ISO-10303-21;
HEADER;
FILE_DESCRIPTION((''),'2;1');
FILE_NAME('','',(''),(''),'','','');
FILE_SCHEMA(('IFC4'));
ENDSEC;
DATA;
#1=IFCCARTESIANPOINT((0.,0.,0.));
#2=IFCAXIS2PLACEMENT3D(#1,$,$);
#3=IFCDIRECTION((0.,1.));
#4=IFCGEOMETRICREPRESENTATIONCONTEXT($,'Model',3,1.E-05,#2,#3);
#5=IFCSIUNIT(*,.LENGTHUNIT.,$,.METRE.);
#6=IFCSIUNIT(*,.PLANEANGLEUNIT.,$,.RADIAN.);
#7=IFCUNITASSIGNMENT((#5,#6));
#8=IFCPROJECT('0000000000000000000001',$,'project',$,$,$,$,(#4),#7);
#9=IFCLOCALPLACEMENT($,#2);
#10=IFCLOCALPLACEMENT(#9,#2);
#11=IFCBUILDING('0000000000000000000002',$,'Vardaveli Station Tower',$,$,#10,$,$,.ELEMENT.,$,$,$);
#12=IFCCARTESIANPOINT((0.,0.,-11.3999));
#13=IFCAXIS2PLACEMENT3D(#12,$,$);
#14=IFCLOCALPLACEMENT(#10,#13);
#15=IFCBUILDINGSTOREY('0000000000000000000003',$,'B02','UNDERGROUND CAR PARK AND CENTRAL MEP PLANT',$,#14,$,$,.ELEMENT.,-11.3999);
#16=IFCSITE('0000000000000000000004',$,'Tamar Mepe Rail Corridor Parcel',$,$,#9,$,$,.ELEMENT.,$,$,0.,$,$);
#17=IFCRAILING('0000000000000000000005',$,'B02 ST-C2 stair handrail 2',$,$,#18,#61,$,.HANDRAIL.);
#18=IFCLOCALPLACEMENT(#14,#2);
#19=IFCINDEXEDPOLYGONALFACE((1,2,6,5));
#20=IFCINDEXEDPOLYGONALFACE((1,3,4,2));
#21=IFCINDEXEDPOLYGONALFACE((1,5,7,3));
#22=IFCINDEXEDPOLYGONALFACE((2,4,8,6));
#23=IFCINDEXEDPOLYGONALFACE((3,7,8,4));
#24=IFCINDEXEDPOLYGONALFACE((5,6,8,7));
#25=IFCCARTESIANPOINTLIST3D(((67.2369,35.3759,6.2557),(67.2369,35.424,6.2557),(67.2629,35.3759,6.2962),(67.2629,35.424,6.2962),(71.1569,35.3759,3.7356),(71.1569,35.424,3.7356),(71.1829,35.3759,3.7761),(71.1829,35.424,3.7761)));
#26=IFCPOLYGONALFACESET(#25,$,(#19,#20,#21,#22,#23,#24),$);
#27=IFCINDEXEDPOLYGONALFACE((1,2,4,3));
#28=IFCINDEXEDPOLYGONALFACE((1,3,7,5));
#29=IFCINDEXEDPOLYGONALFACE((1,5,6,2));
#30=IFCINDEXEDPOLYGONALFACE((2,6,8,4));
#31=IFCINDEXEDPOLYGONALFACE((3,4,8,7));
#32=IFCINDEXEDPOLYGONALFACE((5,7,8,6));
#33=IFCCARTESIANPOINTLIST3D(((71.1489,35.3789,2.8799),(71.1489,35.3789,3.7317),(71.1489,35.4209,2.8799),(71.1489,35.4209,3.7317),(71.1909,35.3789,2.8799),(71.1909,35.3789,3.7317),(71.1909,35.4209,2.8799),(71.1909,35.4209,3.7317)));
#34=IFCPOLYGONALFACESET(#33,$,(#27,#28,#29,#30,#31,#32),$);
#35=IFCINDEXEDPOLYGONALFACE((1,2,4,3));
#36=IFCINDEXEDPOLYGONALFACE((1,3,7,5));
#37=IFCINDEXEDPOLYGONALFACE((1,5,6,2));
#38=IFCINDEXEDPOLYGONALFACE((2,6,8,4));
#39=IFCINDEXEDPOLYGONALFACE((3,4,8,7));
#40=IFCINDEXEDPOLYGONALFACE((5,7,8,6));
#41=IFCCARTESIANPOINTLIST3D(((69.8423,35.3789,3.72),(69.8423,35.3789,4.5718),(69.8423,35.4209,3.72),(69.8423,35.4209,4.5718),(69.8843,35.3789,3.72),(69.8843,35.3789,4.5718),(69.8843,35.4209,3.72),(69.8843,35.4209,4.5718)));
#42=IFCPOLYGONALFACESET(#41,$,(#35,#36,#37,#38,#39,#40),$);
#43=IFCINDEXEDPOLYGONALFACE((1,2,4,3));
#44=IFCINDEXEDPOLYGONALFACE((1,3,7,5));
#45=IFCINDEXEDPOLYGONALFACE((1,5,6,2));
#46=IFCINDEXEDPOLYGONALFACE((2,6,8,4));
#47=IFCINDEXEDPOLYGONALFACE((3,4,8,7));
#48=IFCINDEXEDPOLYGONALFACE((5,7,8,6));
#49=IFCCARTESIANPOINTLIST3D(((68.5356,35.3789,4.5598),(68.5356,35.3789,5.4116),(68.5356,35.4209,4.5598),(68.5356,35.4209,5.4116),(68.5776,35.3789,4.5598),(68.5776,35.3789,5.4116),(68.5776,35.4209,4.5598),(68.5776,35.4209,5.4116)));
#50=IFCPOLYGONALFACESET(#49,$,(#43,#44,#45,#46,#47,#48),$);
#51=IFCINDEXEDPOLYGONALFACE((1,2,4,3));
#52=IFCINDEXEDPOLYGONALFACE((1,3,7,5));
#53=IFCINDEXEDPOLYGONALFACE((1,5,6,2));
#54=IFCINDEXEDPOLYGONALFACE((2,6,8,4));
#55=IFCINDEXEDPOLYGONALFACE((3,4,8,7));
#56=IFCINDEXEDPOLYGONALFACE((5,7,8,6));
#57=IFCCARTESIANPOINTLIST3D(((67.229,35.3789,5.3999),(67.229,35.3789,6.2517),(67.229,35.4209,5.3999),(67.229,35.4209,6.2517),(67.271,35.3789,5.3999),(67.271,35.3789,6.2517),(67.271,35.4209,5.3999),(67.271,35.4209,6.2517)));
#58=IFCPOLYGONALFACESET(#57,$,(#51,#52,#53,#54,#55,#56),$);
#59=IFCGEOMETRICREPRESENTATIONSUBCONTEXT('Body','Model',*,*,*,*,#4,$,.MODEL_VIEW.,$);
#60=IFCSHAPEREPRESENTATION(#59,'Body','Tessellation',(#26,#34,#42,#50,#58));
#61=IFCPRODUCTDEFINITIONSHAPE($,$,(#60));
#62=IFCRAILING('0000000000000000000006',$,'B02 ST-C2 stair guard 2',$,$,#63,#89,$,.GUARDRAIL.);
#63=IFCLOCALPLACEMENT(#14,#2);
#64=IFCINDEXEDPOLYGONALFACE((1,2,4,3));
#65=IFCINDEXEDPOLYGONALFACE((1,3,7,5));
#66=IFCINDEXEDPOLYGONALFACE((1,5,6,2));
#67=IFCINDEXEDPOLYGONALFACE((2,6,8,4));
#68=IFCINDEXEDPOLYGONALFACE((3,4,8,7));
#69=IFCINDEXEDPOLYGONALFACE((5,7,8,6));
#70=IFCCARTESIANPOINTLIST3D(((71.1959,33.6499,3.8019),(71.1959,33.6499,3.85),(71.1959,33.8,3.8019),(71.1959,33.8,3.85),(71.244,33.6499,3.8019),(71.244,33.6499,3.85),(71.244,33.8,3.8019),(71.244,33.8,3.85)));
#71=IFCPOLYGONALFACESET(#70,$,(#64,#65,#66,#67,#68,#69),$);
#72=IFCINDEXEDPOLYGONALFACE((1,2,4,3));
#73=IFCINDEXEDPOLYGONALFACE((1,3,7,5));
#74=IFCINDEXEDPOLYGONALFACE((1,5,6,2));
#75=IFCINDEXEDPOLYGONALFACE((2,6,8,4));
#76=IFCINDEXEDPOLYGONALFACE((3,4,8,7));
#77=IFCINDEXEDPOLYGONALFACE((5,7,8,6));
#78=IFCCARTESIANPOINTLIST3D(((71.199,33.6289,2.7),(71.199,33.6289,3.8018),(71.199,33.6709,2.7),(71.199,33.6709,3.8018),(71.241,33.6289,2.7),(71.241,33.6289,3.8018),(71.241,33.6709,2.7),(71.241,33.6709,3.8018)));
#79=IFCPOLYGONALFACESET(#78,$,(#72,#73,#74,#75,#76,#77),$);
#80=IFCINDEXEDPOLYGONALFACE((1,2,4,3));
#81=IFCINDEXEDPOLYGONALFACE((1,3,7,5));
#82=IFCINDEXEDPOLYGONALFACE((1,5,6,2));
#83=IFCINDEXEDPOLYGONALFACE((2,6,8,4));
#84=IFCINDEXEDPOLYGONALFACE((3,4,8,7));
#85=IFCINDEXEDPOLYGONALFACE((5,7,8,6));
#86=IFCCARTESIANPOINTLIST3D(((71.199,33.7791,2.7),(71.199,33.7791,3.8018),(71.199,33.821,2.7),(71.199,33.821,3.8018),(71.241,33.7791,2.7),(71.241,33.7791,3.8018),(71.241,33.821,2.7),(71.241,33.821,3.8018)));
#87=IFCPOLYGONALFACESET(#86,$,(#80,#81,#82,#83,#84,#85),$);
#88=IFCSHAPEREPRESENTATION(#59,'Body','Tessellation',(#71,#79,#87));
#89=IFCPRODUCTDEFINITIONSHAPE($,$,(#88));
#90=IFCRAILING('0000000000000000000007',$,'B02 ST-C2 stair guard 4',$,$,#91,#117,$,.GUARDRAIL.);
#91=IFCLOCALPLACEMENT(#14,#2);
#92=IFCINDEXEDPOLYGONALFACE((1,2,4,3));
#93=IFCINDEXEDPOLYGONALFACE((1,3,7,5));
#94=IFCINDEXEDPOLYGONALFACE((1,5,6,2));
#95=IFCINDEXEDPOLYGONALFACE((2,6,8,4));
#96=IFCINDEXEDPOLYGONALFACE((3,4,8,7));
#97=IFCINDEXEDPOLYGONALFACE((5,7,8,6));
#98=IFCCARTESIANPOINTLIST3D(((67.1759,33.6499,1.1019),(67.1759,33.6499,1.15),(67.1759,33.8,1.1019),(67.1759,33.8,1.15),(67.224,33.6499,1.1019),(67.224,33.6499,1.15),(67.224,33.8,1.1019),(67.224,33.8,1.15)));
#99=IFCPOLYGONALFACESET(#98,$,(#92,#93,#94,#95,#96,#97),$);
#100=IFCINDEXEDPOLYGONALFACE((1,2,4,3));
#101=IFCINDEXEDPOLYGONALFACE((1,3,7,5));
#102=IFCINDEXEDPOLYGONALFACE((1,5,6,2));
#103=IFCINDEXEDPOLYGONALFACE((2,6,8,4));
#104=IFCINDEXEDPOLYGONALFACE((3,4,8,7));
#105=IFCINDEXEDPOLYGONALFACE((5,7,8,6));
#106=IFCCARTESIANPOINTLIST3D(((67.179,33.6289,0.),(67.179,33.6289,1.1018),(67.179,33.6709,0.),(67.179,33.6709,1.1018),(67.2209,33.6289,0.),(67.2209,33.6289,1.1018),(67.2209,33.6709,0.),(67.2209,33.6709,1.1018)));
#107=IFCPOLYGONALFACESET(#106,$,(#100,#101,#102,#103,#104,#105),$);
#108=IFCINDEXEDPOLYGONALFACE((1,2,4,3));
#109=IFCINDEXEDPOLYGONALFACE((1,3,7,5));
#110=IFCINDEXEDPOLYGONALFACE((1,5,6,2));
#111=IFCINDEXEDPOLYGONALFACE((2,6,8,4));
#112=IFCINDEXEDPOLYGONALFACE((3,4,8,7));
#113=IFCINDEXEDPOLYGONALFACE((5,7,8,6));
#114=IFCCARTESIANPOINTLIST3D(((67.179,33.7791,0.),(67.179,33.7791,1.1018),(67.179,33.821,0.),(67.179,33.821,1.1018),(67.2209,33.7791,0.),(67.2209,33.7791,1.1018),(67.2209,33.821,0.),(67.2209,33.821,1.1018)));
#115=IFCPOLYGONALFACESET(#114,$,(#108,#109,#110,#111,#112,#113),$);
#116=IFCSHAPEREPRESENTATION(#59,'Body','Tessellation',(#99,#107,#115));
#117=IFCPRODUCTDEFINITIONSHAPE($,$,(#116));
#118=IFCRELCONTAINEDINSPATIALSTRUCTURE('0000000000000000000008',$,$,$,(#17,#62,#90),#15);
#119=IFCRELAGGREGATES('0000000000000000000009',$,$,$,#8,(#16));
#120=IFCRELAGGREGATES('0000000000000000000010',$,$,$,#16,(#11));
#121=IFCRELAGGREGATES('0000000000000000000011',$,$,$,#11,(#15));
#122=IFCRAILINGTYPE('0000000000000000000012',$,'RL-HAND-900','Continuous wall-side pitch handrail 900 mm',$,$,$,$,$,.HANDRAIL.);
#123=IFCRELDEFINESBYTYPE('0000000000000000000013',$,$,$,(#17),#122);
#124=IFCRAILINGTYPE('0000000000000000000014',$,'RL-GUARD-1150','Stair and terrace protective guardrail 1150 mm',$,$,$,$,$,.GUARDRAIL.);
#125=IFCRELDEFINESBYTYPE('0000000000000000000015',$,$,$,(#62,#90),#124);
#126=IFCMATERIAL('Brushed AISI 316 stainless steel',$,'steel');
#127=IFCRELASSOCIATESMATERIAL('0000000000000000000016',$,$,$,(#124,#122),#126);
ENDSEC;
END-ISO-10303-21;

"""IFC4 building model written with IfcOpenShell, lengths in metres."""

from ifc_helpers import new_model, si_unit, direction, frame, origin, origin_2d, place, context, subcontext, project, spatial, rectangle, extrude, source, transform, mapped, material, type_object, element, save


model = new_model("IFC4")

# Units and contexts
model_context = context("Model", 3, precision=1e-05, world=origin(), true_north=direction((0.0, 1.0)))
body_context = subcontext(model_context, "Body", "Model", "MODEL_VIEW")
ifc_project = project(units=[si_unit("LENGTHUNIT", "METRE"), si_unit("PLANEANGLEUNIT", "RADIAN")], contexts=[model_context])

# Site, building, storey
site_placement = place(None, origin())
site = spatial("IfcSite", under=ifc_project, at=site_placement, Name="Tamar Mepe Rail Corridor Parcel", CompositionType="ELEMENT", RefElevation=0.0)
building_placement = place(site_placement, origin())
building = spatial("IfcBuilding", under=site, at=building_placement, Name="Vardaveli Station Tower", CompositionType="ELEMENT")
storey_placement = place(building_placement, frame((0.0, 0.0, -11.3999)))
storey = spatial("IfcBuildingStorey", under=building, at=storey_placement, Name="B02", Description="UNDERGROUND CAR PARK AND CENTRAL MEP PLANT", CompositionType="ELEMENT", Elevation=-11.3999)

# Railings
ifc_material_1 = material(Name="Brushed AISI 316 stainless steel", Category="steel")
railing_type_1 = type_object("IfcRailingType", Name="RL-GUARD-1150", Description="Stair and terrace protective guardrail 1150 mm", PredefinedType="GUARDRAIL", material=ifc_material_1)
railing_type_2 = type_object("IfcRailingType", Name="RL-HAND-900", Description="Continuous wall-side pitch handrail 900 mm", PredefinedType="HANDRAIL", material=ifc_material_1)
shared_shape_1 = source(origin(), body_context, "Body", "SweptSolid", [
    extrude(rectangle(XDim=0.0481, YDim=0.0481, at=origin_2d()), frame((0.0, 0.0, 0.876), z_axis=(-0.841172, 0.0, 0.540768), x_axis=(0.0, -1.0, 0.0)), (0.0, 0.0, 1.0), 4.6602),
    extrude(rectangle(XDim=0.042, YDim=0.042, at=origin_2d()), origin(), (0.0, 0.0, 1.0), 0.8518),
    extrude(rectangle(XDim=0.042, YDim=0.042, at=origin_2d()), frame((-1.3066, 0.0, 0.8401)), (0.0, 0.0, 1.0), 0.8518),
    extrude(rectangle(XDim=0.042, YDim=0.042, at=origin_2d()), frame((-2.6133, 0.0, 1.6799)), (0.0, 0.0, 1.0), 0.8518),
    extrude(rectangle(XDim=0.042, YDim=0.042, at=origin_2d()), frame((-3.9199, 0.0, 2.52)), (0.0, 0.0, 1.0), 0.8518),
])
railing_1_placement = place(storey_placement, frame((71.1699, 35.3999, 2.8799)))
element("IfcRailing", 1, at=railing_1_placement, inside=storey, type_object=railing_type_2, Name="B02 ST-C2 stair handrail 2", PredefinedType="HANDRAIL", context=body_context, shape_type="MappedRepresentation", body=[
    mapped(shared_shape_1, transform((0.0, 0.0, 0.0), scale=1.0)),
])
shared_shape_2 = source(origin(), body_context, "Body", "SweptSolid", [
    extrude(rectangle(XDim=0.0481, YDim=0.0481, at=origin_2d()), frame((0.0, 0.0, 1.126), z_axis=(0.0, 1.0, 0.0), x_axis=(-1.0, 0.0, 0.0)), (0.0, 0.0, 1.0), 0.1501),
    extrude(rectangle(XDim=0.042, YDim=0.042, at=origin_2d()), origin(), (0.0, 0.0, 1.0), 1.1018),
    extrude(rectangle(XDim=0.042, YDim=0.042, at=origin_2d()), frame((0.0, 0.1501, 0.0)), (0.0, 0.0, 1.0), 1.1018),
])
for number, where, name in (
    (2, (71.22, 33.6499, 2.7), "B02 ST-C2 stair guard 2"),
    (3, (67.2, 33.6499, 0.0), "B02 ST-C2 stair guard 4"),
):
    element("IfcRailing", number, at=place(storey_placement, frame(where)), inside=storey, type_object=railing_type_1, Name=name, PredefinedType="GUARDRAIL", context=body_context, shape_type="MappedRepresentation", body=[
        mapped(shared_shape_2, transform((0.0, 0.0, 0.0), scale=1.0)),
    ])

save(model, "model.ifc")
